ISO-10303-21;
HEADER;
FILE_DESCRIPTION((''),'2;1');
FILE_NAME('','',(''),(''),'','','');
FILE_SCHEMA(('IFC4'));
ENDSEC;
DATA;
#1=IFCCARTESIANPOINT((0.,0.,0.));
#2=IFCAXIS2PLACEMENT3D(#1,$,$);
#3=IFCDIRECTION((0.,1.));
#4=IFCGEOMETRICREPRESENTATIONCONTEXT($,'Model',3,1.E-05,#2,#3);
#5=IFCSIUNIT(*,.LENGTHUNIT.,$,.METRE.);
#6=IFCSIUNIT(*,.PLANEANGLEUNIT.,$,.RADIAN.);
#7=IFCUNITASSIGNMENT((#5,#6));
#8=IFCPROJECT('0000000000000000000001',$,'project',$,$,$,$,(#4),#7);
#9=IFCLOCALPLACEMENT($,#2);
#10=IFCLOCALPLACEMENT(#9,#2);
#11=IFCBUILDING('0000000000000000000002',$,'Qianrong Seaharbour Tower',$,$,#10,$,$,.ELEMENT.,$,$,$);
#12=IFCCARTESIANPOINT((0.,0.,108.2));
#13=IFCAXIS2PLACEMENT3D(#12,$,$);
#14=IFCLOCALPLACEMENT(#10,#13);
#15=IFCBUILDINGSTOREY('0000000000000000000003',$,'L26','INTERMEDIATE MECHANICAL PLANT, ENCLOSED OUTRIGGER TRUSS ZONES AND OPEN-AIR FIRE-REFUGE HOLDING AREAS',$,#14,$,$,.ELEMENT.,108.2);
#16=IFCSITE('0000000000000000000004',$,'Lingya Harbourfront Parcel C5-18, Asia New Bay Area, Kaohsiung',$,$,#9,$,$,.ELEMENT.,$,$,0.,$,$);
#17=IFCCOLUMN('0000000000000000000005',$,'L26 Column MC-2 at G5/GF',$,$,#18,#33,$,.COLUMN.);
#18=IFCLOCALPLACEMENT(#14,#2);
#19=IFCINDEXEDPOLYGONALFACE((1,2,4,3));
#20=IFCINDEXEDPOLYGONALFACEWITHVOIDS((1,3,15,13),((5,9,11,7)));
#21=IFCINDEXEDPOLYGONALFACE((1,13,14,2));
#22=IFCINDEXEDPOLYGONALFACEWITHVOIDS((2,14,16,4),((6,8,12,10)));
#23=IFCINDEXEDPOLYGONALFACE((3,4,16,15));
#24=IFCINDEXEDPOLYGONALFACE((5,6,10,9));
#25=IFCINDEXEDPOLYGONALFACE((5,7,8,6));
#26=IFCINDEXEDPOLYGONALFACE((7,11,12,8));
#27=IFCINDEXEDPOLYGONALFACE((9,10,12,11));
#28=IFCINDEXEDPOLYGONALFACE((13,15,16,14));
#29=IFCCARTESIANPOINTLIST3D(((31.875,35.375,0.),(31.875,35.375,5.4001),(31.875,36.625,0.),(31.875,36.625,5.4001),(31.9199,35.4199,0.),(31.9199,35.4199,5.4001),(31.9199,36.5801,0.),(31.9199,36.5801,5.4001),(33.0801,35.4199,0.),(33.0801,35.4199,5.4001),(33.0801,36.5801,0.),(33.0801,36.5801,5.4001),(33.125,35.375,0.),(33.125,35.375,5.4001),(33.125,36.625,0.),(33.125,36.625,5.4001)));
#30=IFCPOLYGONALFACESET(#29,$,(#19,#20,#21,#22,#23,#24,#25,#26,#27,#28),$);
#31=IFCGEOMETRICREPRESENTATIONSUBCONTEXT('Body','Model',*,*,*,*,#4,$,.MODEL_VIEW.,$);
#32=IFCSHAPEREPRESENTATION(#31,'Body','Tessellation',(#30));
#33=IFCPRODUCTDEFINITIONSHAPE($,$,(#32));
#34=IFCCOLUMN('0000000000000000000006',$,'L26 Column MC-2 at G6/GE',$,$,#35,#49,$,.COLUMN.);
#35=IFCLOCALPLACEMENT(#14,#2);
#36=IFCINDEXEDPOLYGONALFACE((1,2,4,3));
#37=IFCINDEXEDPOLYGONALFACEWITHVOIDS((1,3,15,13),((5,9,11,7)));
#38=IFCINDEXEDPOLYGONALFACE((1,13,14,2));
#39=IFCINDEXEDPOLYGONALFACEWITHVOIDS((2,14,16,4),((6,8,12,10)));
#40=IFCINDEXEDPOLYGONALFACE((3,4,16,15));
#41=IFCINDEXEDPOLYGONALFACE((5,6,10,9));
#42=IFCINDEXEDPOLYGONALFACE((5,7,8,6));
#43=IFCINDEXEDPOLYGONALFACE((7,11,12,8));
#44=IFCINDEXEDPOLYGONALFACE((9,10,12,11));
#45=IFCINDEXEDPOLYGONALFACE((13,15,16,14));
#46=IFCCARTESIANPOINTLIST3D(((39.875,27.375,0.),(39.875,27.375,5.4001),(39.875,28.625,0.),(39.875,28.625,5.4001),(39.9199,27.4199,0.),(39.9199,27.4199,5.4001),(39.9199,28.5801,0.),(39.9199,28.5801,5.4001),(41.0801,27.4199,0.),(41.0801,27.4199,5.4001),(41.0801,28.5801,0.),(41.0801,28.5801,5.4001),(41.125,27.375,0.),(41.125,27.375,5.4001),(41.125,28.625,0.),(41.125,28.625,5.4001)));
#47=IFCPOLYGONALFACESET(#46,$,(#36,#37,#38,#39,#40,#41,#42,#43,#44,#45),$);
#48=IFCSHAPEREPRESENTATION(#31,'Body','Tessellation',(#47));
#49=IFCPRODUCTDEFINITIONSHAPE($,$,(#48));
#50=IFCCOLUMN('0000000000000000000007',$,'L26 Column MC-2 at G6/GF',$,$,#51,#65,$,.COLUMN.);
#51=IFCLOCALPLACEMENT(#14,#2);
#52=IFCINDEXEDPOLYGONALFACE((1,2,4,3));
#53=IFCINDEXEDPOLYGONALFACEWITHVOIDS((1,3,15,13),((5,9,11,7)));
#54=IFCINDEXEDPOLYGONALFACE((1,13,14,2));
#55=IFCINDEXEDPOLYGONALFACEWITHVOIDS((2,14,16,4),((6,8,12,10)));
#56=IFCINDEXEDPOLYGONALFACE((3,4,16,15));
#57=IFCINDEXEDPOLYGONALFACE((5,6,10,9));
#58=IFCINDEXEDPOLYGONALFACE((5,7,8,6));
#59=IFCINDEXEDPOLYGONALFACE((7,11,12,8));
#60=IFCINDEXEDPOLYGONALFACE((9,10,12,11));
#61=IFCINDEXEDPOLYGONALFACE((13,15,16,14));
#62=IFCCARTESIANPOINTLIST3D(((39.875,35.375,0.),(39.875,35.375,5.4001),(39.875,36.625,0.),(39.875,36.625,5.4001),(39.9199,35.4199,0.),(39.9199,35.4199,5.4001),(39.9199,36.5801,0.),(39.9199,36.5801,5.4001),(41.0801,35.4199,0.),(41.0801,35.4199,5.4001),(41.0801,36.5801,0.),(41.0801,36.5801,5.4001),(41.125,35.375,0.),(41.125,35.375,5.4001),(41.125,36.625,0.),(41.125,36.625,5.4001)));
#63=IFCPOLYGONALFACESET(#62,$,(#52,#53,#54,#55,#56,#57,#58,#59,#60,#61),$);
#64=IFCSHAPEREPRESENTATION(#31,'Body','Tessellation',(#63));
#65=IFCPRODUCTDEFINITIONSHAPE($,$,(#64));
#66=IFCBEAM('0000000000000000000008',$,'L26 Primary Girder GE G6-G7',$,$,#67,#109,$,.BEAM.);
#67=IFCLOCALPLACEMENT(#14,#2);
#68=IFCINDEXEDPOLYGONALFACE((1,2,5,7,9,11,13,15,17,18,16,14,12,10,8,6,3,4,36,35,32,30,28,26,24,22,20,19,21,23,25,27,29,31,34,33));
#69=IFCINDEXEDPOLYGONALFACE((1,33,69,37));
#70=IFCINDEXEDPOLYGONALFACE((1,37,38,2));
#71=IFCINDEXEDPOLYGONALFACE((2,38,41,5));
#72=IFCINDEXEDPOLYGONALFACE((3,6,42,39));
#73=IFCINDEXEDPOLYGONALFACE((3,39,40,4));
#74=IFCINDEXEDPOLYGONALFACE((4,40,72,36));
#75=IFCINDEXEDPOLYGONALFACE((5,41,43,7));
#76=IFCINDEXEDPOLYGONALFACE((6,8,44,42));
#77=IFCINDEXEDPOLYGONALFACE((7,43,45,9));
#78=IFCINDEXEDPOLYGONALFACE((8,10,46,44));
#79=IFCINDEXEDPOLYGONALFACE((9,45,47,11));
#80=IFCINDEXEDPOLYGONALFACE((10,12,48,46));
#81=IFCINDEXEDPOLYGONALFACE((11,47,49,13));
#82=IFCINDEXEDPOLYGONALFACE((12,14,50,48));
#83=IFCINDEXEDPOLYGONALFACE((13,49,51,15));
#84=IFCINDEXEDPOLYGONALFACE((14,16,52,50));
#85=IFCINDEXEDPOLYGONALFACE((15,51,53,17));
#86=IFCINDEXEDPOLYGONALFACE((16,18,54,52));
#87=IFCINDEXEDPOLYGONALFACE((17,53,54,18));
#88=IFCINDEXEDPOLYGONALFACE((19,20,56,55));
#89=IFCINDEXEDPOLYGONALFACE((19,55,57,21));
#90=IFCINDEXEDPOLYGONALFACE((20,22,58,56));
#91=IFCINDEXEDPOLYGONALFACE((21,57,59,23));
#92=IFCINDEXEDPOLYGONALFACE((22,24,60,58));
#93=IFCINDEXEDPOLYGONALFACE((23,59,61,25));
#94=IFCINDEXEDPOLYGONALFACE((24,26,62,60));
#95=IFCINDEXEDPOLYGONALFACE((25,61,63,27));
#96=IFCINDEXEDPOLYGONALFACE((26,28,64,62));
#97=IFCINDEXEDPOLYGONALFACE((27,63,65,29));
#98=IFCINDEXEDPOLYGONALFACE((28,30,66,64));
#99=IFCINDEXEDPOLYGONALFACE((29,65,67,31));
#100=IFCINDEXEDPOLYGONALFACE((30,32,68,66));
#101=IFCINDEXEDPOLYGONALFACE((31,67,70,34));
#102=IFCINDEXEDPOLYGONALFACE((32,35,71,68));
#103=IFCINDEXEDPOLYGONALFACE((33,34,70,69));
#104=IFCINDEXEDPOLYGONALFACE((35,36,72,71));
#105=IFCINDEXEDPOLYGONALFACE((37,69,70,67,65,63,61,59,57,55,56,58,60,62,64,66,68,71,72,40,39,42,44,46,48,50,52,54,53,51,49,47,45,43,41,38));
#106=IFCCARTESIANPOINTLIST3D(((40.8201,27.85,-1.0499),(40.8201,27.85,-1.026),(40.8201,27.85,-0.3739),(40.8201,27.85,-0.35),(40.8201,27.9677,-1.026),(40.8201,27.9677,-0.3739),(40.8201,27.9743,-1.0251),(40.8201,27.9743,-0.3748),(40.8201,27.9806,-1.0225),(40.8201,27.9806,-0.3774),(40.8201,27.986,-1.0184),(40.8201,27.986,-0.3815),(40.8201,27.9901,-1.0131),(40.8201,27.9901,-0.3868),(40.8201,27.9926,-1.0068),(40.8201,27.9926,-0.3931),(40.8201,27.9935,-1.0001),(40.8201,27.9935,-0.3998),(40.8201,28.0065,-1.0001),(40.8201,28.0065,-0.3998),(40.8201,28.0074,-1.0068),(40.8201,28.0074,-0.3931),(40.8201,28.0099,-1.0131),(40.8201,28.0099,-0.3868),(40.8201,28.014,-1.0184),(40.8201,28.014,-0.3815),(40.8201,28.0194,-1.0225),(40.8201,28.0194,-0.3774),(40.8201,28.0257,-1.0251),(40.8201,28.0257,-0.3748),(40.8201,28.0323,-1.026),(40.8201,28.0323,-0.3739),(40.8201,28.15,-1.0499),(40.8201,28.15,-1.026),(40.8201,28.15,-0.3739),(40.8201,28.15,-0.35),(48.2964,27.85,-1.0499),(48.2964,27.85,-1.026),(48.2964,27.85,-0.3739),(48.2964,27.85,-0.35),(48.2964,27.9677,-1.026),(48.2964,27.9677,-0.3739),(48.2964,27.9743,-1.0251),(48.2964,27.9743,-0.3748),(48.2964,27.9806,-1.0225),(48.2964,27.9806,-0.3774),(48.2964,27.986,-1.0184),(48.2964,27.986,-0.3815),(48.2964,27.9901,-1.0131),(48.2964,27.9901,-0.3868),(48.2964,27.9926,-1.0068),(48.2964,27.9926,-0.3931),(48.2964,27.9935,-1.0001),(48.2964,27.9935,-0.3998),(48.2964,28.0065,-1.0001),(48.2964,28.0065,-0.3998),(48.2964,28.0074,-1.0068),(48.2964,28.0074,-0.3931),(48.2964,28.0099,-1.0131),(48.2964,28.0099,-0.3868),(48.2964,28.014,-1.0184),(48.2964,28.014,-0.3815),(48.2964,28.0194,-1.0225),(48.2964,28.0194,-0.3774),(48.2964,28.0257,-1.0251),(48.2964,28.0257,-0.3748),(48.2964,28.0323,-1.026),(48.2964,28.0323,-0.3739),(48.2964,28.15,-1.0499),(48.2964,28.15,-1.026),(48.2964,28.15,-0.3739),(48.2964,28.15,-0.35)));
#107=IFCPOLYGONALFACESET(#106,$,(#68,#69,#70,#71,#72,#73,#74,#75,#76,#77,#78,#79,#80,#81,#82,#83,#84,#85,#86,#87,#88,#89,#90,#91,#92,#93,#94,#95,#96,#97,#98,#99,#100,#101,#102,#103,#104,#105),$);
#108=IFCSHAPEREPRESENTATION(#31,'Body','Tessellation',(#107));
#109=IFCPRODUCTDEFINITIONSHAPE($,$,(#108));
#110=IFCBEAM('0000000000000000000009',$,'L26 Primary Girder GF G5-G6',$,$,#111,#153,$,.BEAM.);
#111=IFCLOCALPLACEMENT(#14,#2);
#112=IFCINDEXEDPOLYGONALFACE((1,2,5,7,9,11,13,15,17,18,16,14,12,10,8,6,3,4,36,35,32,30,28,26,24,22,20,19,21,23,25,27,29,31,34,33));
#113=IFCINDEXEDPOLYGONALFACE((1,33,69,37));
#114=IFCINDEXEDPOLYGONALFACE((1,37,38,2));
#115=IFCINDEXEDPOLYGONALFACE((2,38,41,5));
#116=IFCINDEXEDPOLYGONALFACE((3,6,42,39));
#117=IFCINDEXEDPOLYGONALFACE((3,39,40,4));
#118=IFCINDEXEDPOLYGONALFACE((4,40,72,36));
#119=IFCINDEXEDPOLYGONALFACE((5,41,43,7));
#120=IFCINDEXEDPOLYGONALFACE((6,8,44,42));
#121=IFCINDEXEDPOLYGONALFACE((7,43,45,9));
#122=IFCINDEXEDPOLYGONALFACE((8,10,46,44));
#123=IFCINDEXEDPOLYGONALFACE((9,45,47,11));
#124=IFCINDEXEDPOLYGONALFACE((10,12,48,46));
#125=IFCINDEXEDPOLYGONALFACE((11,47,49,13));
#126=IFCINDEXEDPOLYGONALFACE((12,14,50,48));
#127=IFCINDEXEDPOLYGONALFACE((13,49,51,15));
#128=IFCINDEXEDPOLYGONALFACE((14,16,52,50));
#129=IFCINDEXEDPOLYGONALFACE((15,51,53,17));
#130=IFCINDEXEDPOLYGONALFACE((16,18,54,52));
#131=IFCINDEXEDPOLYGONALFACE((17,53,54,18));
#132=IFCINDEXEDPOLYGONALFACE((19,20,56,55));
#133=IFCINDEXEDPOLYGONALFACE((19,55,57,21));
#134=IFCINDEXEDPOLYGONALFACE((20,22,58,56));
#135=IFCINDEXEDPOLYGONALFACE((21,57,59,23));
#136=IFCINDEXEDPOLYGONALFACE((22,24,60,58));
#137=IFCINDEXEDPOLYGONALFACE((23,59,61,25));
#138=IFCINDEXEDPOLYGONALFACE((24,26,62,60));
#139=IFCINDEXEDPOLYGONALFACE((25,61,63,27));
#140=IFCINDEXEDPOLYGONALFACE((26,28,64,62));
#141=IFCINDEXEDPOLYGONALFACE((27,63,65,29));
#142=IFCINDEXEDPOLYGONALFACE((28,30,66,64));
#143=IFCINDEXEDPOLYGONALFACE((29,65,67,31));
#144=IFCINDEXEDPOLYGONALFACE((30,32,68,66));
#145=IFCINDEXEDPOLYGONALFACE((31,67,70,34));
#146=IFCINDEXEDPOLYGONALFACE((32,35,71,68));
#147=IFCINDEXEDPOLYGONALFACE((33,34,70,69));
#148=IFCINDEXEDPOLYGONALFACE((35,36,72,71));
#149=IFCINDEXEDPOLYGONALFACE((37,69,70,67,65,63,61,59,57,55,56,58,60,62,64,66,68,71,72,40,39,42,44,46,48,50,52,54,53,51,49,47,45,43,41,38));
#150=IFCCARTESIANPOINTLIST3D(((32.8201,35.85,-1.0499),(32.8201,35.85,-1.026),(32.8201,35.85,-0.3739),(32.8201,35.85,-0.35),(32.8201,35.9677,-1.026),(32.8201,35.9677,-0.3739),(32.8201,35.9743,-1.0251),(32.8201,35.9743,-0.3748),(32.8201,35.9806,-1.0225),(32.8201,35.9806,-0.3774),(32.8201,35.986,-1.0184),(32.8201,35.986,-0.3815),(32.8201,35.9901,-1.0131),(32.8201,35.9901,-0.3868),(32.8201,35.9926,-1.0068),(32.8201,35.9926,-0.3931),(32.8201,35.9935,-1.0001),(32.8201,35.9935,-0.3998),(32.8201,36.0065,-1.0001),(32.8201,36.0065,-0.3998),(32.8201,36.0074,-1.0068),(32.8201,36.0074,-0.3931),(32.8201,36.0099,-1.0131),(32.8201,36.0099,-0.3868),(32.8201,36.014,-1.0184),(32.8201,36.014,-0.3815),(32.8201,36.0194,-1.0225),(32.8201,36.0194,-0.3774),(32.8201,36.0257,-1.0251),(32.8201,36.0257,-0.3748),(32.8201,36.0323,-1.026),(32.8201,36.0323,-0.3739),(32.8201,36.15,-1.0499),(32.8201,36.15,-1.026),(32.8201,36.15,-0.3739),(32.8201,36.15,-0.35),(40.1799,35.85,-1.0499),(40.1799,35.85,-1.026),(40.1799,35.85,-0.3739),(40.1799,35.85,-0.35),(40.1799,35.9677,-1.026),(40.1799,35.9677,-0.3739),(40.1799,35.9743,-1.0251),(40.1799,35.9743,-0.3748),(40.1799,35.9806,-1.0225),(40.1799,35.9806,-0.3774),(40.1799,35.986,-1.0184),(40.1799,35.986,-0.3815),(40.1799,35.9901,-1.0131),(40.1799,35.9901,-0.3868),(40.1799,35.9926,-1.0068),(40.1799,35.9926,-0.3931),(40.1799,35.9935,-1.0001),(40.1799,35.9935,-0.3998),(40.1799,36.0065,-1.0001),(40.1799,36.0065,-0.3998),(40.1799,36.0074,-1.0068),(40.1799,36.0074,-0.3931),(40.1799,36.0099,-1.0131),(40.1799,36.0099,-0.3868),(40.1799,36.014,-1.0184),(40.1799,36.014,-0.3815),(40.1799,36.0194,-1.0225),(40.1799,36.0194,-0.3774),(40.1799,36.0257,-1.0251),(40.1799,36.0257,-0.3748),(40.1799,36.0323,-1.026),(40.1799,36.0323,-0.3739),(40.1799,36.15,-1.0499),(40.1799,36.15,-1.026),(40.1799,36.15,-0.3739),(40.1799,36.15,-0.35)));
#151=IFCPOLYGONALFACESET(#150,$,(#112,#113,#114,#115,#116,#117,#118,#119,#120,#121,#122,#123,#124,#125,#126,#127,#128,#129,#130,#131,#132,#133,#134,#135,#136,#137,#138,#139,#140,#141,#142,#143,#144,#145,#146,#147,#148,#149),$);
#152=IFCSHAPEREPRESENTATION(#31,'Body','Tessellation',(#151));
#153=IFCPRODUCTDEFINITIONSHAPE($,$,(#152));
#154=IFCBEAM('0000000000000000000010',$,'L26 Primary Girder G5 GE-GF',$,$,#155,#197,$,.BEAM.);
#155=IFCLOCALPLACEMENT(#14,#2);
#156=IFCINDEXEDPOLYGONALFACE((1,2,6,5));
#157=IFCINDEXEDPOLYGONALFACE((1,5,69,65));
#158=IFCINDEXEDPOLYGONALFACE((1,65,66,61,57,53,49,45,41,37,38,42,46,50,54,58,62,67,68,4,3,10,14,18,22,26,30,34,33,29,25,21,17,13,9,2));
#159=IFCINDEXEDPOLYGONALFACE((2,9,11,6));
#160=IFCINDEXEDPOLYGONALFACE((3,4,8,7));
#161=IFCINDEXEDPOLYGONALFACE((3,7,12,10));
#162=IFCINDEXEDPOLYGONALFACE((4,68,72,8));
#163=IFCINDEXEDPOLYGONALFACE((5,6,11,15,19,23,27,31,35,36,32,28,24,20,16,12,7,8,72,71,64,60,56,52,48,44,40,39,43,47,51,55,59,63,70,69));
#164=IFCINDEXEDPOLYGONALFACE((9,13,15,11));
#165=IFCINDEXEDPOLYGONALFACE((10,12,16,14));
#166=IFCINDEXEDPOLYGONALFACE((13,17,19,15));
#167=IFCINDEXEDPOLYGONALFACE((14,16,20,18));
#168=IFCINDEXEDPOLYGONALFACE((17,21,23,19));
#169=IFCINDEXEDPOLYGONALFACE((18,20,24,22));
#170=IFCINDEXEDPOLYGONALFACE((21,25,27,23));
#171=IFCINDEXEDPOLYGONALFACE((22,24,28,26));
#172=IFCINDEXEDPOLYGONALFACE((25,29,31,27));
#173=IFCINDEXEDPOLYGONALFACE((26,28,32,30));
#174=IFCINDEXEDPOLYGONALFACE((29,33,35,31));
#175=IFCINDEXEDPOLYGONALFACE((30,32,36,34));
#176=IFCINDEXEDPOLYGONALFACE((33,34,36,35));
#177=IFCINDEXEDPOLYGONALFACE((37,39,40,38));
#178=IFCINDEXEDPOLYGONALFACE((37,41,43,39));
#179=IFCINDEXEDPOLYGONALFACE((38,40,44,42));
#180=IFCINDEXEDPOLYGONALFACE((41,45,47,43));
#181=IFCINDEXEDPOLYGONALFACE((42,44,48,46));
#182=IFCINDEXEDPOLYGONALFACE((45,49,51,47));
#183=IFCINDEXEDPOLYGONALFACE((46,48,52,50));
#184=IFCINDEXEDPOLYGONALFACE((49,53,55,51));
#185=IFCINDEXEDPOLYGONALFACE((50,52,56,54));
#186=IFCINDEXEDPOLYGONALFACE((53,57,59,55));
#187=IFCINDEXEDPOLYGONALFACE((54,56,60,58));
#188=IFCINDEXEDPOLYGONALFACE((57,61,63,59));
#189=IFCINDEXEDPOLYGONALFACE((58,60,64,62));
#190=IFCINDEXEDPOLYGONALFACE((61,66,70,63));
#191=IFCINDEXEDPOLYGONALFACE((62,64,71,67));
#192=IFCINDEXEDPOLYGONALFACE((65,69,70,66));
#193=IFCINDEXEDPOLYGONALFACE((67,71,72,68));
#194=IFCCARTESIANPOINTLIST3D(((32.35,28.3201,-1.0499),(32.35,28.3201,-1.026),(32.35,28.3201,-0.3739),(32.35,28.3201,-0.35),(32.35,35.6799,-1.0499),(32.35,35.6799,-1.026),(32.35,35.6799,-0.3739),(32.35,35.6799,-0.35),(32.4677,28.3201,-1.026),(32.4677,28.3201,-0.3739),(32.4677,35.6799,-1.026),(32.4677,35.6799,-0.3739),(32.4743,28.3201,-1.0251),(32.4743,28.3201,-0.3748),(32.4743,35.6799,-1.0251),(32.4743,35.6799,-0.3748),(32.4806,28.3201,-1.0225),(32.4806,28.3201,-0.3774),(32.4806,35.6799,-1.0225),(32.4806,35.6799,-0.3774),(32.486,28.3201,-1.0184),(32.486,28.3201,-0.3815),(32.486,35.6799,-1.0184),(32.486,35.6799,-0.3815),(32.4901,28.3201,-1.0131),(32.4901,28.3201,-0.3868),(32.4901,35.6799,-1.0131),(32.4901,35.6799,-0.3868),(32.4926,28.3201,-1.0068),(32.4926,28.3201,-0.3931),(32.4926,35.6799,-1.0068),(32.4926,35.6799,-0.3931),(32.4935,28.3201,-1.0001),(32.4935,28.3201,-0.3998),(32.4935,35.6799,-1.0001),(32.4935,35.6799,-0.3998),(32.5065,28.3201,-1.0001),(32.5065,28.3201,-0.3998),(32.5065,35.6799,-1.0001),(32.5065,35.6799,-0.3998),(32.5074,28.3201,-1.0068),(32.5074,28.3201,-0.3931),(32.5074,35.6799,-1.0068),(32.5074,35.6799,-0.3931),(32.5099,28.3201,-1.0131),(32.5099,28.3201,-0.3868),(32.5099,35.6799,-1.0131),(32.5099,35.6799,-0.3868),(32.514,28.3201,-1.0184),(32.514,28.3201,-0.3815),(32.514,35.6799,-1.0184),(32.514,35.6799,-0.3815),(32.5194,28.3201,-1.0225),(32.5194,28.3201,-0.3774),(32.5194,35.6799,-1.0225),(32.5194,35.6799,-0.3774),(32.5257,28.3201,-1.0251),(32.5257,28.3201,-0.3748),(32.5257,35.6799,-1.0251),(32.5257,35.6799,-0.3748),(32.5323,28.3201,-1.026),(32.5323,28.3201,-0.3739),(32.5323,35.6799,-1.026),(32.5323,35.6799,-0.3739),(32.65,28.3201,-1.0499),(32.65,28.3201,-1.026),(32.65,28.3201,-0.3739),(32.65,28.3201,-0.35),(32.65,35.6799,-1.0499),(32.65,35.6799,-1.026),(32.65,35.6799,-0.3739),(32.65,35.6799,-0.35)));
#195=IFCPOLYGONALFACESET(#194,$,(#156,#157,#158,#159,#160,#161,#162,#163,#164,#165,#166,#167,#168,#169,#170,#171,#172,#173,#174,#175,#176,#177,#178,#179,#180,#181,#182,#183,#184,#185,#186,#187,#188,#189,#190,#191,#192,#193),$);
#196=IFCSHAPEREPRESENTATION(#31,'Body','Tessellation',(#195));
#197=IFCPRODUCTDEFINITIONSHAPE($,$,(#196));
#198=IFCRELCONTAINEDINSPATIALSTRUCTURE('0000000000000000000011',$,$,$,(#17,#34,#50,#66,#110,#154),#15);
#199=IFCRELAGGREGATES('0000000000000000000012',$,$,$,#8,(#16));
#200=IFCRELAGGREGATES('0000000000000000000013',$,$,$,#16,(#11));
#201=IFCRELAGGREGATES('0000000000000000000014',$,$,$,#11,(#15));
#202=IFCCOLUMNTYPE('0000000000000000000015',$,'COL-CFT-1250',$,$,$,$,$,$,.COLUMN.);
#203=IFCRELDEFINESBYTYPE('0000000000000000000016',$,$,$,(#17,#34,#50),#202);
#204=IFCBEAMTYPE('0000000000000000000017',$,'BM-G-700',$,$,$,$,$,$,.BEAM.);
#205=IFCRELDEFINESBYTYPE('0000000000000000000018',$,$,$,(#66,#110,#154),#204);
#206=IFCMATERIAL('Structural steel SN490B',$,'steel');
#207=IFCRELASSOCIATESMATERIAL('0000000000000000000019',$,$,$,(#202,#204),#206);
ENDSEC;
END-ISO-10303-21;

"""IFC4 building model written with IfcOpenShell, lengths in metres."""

from ifc_helpers import new_model, si_unit, direction, frame, origin, origin_2d, place, context, subcontext, project, spatial, hollow_rectangle, i_section, extrude, material, material_profile, profile_set, type_object, element, save


model = new_model("IFC4")

# Units and contexts
model_context = context("Model", 3, precision=1e-05, world=origin(), true_north=direction((0.0, 1.0)))
body_context = subcontext(model_context, "Body", "Model", "MODEL_VIEW")
ifc_project = project(units=[si_unit("LENGTHUNIT", "METRE"), si_unit("PLANEANGLEUNIT", "RADIAN")], contexts=[model_context])

# Site, building, storey
site_placement = place(None, origin())
site = spatial("IfcSite", under=ifc_project, at=site_placement, Name="Lingya Harbourfront Parcel C5-18, Asia New Bay Area, Kaohsiung", CompositionType="ELEMENT", RefElevation=0.0)
building_placement = place(site_placement, origin())
building = spatial("IfcBuilding", under=site, at=building_placement, Name="Qianrong Seaharbour Tower", CompositionType="ELEMENT")
storey_placement = place(building_placement, frame((0.0, 0.0, 108.2)))
storey = spatial("IfcBuildingStorey", under=building, at=storey_placement, Name="L26", Description="INTERMEDIATE MECHANICAL PLANT, ENCLOSED OUTRIGGER TRUSS ZONES AND OPEN-AIR FIRE-REFUGE HOLDING AREAS", CompositionType="ELEMENT", Elevation=108.2)

# Columns
ifc_material_1 = material(Name="Structural steel SN490B", Category="steel")
ifc_material_profile_1 = material_profile(ifc_material_1, hollow_rectangle(XDim=1.25, YDim=1.25, WallThickness=0.0449, at=origin_2d()), Name="BOX1250x1250x45")
ifc_profile_set_1 = profile_set([ifc_material_profile_1], Name="Structural steel SN490B")
column_type = type_object("IfcColumnType", Name="COL-CFT-1250", PredefinedType="COLUMN", material=ifc_profile_set_1)
for number, where, z_axis, x_axis, name in (
    (1, (32.5, 36.0, 0.0), (0.0, 0.0, 1.0), (1.0, 0.0, 0.0), "L26 Column MC-2 at G5/GF"),
    (2, (40.5, 28.0, 0.0), (0.0, 0.0, 1.0), (1.0, 0.0, 0.0), "L26 Column MC-2 at G6/GE"),
    (3, (40.5, 36.0, 0.0), (0.0, 0.0, 1.0), (1.0, 0.0, 0.0), "L26 Column MC-2 at G6/GF"),
):
    element("IfcColumn", number, at=place(storey_placement, frame(where, z_axis=z_axis, x_axis=x_axis)), inside=storey, type_object=column_type, Name=name, PredefinedType="COLUMN", context=body_context, shape_type="SweptSolid", body=[
        extrude(hollow_rectangle(XDim=1.25, YDim=1.25, WallThickness=0.0449, at=origin_2d()), origin(), (0.0, 0.0, 1.0), 5.4001),
    ])

# Beams
ifc_material_profile_2 = material_profile(ifc_material_1, i_section(OverallWidth=0.3, OverallDepth=0.7, WebThickness=0.0129, FlangeThickness=0.0239, FilletRadius=0.0259, at=origin_2d()), Name="H700x300x13x24")
ifc_profile_set_2 = profile_set([ifc_material_profile_2], Name="Structural steel SN490B")
beam_type_1 = type_object("IfcBeamType", Name="BM-G-700", PredefinedType="BEAM", material=ifc_profile_set_2)
beam_1_placement = place(storey_placement, frame((40.8201, 28.0, -0.7), z_axis=(1.0, 0.0, 0.0), x_axis=(0.0, 1.0, 0.0)))
element("IfcBeam", 4, at=beam_1_placement, inside=storey, type_object=beam_type_1, Name="L26 Primary Girder GE G6-G7", PredefinedType="BEAM", context=body_context, shape_type="SweptSolid", body=[
    extrude(i_section(OverallWidth=0.3, OverallDepth=0.7, WebThickness=0.0129, FlangeThickness=0.0239, FilletRadius=0.0259, at=origin_2d()), origin(), (0.0, 0.0, 1.0), 7.4763),
])
for number, where, z_axis, x_axis, name in (
    (5, (32.8201, 36.0, -0.7), (1.0, 0.0, 0.0), (0.0, 1.0, 0.0), "L26 Primary Girder GF G5-G6"),
    (6, (32.5, 28.3201, -0.7), (0.0, 1.0, 0.0), (-1.0, 0.0, 0.0), "L26 Primary Girder G5 GE-GF"),
):
    element("IfcBeam", number, at=place(storey_placement, frame(where, z_axis=z_axis, x_axis=x_axis)), inside=storey, type_object=beam_type_1, Name=name, PredefinedType="BEAM", context=body_context, shape_type="SweptSolid", body=[
        extrude(i_section(OverallWidth=0.3, OverallDepth=0.7, WebThickness=0.0129, FlangeThickness=0.0239, FilletRadius=0.0259, at=origin_2d()), origin(), (0.0, 0.0, 1.0), 7.3599),
    ])

save(model, "model.ifc")
